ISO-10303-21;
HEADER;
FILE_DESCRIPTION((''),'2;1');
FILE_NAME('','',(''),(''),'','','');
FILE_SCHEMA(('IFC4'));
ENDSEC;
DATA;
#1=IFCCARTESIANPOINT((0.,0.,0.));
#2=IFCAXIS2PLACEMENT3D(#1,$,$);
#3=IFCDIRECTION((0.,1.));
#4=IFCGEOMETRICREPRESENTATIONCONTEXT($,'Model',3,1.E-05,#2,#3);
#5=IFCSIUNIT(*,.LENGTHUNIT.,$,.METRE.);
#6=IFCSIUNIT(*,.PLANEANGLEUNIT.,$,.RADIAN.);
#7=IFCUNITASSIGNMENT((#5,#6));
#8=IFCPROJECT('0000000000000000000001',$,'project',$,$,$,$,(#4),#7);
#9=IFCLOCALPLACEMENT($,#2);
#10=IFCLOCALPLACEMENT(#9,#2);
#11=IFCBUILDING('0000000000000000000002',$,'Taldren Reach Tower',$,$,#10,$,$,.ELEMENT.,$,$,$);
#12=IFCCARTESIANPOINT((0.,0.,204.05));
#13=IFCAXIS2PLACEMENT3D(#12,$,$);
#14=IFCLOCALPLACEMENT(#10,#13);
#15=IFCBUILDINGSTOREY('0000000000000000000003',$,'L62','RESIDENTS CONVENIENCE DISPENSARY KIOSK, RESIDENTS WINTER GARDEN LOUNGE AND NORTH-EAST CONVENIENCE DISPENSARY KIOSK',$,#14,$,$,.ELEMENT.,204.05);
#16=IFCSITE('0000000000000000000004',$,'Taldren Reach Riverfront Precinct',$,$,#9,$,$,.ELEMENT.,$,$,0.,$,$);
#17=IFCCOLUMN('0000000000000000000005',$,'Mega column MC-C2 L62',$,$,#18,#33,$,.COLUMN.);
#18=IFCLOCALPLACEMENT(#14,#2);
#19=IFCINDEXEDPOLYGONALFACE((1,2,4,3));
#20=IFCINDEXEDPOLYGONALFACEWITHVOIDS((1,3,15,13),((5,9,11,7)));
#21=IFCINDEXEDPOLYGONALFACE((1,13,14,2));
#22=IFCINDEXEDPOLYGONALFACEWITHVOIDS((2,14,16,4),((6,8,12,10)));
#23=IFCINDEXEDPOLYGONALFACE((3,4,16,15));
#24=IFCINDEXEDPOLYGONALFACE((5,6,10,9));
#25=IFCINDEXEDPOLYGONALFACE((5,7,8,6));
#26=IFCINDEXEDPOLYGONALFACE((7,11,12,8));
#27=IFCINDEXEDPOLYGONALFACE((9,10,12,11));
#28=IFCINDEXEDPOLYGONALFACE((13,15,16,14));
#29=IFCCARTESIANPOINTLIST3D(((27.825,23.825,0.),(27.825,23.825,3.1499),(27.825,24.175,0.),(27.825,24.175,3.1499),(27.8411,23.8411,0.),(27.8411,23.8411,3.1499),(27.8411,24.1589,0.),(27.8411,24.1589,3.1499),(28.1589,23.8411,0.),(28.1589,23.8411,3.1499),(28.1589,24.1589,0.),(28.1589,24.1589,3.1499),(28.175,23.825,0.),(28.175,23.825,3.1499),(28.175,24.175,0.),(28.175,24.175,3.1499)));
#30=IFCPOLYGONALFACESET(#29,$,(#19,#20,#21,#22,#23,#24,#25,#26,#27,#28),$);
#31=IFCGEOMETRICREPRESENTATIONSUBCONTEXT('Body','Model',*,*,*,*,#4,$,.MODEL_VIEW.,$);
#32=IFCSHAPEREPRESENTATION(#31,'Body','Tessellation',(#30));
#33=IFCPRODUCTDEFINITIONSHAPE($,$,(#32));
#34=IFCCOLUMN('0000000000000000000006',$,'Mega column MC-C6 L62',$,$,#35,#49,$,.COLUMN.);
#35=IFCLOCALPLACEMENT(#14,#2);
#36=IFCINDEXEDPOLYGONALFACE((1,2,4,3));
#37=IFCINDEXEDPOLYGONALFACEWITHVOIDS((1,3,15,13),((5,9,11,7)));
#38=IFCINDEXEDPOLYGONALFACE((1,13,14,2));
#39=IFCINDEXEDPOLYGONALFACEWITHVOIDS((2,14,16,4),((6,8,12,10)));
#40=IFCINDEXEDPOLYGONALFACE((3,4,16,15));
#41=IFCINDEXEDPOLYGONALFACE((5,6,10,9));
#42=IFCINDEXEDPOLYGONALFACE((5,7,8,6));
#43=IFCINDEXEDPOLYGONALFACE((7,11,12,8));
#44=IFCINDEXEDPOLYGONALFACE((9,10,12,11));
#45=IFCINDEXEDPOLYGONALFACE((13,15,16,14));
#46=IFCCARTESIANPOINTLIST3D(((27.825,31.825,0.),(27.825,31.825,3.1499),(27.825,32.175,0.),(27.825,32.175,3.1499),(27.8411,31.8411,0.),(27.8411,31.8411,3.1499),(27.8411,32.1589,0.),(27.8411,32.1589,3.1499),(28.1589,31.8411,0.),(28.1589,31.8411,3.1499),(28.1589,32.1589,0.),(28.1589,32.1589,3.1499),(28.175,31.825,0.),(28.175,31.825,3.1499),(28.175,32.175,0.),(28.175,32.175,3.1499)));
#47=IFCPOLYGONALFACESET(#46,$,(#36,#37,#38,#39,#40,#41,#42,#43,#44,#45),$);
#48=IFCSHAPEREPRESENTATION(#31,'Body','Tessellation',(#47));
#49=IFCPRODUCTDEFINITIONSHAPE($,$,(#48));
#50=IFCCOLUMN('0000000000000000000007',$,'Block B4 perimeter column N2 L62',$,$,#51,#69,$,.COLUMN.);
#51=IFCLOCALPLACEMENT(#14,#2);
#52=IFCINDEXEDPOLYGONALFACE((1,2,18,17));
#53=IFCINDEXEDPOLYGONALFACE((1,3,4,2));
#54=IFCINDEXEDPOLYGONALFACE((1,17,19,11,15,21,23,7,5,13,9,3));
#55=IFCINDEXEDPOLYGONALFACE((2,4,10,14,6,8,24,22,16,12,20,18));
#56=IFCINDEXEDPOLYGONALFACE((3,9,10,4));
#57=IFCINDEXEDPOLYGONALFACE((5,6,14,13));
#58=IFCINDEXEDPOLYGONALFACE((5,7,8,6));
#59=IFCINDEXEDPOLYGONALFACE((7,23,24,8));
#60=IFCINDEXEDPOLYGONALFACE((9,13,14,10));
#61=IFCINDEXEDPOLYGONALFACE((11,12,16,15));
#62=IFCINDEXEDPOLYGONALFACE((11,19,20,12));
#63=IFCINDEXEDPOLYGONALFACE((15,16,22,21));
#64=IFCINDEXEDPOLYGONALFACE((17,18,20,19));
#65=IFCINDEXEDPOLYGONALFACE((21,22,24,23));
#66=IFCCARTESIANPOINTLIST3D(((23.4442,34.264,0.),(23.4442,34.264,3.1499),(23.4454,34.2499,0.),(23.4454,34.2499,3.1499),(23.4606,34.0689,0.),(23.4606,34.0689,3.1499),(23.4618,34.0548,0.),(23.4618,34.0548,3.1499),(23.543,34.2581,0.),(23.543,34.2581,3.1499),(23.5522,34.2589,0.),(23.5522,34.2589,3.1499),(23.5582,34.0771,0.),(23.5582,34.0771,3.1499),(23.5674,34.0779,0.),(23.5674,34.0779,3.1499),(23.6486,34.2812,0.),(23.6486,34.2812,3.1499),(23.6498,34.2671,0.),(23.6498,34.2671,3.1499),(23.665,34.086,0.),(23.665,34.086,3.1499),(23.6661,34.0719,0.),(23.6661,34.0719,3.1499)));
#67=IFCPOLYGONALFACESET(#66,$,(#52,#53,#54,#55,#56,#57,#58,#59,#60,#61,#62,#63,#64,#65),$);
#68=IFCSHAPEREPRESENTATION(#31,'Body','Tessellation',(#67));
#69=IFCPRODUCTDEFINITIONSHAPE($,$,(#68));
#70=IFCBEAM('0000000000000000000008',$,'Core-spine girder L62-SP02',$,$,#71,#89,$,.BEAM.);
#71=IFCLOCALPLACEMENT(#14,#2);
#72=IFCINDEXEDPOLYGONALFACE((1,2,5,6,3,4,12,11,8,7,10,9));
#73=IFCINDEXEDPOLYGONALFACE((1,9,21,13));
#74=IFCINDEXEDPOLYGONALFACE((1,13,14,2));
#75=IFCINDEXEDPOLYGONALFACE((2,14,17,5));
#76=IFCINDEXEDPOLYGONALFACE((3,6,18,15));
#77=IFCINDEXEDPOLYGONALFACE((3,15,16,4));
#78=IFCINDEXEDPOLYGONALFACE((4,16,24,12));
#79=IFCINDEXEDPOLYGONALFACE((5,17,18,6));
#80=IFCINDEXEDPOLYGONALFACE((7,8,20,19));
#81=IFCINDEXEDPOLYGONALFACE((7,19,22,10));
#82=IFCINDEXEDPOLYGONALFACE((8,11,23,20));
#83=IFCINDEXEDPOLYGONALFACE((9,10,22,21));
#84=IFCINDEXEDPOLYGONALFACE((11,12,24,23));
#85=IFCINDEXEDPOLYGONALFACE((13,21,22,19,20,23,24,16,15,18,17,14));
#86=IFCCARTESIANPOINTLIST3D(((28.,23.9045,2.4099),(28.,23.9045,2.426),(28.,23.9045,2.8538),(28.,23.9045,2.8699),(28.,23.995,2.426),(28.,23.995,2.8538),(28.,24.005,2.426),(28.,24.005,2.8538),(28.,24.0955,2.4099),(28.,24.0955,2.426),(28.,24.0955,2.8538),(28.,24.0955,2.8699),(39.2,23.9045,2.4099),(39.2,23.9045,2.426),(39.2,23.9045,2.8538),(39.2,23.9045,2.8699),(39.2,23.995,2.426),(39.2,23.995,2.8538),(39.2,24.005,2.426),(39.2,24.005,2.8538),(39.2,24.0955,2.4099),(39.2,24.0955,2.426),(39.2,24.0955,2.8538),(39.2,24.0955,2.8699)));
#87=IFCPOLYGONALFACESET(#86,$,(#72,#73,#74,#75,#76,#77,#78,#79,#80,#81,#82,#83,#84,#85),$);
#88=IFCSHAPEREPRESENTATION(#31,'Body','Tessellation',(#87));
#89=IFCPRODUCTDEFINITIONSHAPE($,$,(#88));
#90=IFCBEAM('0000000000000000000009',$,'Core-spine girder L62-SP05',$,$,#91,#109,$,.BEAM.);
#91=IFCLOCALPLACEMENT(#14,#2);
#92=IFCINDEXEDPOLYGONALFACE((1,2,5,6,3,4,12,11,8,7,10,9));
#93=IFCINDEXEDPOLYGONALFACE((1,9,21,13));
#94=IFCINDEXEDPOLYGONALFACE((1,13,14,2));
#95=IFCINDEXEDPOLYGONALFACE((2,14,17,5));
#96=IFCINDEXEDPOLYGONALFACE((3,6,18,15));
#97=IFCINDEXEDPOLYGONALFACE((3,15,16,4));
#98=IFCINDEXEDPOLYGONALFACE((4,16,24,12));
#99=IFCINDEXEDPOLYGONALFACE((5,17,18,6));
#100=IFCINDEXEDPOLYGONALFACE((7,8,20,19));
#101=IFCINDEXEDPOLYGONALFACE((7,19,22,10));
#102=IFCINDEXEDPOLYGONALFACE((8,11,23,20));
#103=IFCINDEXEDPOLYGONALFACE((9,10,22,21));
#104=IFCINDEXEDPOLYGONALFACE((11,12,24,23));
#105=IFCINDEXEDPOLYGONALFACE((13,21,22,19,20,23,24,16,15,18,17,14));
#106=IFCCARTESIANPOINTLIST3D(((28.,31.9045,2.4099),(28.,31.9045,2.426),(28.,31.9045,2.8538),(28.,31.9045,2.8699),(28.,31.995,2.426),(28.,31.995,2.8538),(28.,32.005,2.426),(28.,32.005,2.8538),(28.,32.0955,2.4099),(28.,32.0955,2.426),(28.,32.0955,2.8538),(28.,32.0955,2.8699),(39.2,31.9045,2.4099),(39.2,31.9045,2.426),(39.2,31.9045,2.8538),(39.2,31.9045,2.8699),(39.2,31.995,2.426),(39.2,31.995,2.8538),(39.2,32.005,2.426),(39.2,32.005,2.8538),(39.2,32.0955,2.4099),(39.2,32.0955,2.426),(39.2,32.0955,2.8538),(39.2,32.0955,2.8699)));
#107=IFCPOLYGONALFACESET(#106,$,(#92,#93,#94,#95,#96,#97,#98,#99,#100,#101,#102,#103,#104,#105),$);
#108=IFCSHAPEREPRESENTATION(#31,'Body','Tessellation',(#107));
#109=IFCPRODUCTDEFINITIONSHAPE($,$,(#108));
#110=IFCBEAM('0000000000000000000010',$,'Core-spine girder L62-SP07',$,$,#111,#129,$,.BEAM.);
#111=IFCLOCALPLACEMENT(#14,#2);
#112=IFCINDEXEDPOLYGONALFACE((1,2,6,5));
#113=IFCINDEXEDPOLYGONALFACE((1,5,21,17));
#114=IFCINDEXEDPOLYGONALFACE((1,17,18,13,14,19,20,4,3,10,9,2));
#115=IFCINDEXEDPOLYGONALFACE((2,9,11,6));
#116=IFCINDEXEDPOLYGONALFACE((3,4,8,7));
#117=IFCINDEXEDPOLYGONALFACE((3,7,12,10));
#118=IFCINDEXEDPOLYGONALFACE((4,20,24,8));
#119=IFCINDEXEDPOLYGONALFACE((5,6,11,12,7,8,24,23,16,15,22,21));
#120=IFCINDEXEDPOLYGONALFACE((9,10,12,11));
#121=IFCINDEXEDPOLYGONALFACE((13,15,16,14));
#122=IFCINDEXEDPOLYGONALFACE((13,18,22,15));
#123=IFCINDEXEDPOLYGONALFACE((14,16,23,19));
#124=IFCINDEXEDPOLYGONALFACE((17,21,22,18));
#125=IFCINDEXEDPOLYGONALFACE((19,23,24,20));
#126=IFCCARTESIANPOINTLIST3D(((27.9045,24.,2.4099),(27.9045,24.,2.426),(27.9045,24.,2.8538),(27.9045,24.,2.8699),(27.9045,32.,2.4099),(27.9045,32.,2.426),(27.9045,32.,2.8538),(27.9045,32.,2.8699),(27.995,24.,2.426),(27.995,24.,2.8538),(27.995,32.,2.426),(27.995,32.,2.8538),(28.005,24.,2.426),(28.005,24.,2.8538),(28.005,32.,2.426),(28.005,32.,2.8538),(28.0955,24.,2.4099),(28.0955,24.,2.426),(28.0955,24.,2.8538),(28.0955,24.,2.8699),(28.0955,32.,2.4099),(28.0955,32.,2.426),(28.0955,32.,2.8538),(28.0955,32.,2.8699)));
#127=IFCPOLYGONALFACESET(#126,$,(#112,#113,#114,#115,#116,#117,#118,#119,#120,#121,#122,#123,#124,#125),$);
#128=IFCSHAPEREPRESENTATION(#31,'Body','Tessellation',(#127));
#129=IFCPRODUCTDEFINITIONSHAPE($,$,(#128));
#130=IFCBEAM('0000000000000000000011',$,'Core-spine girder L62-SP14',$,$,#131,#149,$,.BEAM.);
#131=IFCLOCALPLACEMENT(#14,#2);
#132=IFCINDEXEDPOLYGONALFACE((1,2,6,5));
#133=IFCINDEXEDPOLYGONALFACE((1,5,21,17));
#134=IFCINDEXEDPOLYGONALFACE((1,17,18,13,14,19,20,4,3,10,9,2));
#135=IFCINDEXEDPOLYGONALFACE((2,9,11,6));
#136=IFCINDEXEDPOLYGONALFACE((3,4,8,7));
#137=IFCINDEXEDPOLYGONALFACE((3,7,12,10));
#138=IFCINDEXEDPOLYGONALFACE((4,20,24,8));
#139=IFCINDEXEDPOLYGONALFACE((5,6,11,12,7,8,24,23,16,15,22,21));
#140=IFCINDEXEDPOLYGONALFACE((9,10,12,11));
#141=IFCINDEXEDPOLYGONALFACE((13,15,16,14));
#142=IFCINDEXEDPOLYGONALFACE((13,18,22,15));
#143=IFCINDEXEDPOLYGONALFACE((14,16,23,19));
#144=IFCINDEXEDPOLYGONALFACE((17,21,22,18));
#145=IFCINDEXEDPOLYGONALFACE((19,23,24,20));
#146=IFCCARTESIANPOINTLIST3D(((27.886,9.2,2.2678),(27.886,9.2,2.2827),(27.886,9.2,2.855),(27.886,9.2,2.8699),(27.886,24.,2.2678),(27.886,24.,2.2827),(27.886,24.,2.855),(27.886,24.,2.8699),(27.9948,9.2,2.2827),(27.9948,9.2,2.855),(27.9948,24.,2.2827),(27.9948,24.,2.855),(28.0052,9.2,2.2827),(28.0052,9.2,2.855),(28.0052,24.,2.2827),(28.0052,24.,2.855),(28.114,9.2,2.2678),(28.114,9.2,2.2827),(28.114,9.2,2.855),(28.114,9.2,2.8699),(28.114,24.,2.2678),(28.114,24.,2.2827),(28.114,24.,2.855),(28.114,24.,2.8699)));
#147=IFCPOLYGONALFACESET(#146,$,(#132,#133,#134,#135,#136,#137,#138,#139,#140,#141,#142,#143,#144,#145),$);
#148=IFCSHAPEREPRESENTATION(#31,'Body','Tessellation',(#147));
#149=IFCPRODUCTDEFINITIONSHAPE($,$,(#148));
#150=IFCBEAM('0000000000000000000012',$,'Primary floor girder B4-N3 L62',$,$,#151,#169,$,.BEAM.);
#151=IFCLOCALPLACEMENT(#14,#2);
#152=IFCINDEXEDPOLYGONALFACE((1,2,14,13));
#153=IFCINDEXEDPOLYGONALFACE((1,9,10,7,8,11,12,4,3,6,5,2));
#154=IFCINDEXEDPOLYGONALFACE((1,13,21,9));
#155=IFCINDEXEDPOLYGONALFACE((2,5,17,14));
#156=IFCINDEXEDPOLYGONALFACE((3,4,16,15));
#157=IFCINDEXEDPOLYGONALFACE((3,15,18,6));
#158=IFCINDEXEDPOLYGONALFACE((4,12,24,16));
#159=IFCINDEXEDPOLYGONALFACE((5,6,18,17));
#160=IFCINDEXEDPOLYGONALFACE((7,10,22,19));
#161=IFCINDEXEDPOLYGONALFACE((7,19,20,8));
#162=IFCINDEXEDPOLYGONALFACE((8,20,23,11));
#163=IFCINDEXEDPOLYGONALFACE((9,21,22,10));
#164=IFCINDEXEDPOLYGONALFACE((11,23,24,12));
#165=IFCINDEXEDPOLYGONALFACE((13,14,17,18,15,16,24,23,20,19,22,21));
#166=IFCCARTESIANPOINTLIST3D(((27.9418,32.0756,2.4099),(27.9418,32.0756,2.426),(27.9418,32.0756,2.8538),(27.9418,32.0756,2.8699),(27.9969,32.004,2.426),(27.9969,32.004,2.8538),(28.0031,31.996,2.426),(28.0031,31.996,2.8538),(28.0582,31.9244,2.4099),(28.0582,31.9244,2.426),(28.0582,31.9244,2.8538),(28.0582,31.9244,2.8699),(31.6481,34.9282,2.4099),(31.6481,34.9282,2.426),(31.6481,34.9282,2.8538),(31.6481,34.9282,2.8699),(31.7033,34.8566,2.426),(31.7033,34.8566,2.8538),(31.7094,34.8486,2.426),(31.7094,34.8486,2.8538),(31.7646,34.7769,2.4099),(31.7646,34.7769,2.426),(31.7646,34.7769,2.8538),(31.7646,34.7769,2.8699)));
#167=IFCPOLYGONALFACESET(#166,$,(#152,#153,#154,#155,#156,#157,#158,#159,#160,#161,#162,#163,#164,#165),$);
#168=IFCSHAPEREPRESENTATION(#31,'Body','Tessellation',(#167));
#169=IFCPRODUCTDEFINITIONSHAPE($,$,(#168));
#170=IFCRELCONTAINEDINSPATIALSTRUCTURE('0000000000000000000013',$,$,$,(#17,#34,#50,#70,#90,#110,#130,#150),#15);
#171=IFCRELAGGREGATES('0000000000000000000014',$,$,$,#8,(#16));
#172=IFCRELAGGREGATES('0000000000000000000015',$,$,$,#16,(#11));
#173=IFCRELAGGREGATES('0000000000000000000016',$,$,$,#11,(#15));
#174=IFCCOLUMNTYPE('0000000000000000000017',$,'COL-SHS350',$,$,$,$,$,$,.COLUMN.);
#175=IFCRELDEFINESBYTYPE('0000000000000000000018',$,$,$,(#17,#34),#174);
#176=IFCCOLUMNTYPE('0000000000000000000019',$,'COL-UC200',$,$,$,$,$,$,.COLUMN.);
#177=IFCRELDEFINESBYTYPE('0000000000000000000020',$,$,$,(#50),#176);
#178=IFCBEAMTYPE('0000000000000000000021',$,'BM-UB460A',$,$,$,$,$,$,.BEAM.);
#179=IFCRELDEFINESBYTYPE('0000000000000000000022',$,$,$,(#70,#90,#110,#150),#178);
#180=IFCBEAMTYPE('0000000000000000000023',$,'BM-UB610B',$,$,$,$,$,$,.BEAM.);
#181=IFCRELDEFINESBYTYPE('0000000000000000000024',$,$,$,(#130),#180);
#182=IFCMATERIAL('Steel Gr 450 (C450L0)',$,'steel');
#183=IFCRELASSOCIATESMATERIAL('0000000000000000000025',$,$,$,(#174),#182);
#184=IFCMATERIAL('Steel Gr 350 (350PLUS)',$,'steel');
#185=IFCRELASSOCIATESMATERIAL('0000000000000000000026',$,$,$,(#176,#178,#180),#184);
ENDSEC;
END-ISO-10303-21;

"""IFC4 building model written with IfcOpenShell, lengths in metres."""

from ifc_helpers import new_model, si_unit, direction, frame, origin, origin_2d, place, context, subcontext, project, spatial, hollow_rectangle, i_section, extrude, source, transform, mapped, material, material_profile, profile_set, type_object, element, save


model = new_model("IFC4")

# Units and contexts
model_context = context("Model", 3, precision=1e-05, world=origin(), true_north=direction((0.0, 1.0)))
body_context = subcontext(model_context, "Body", "Model", "MODEL_VIEW")
ifc_project = project(units=[si_unit("LENGTHUNIT", "METRE"), si_unit("PLANEANGLEUNIT", "RADIAN")], contexts=[model_context])

# Site, building, storey
site_placement = place(None, origin())
site = spatial("IfcSite", under=ifc_project, at=site_placement, Name="Taldren Reach Riverfront Precinct", CompositionType="ELEMENT", RefElevation=0.0)
building_placement = place(site_placement, origin())
building = spatial("IfcBuilding", under=site, at=building_placement, Name="Taldren Reach Tower", CompositionType="ELEMENT")
storey_placement = place(building_placement, frame((0.0, 0.0, 204.05)))
storey = spatial("IfcBuildingStorey", under=building, at=storey_placement, Name="L62", Description="RESIDENTS CONVENIENCE DISPENSARY KIOSK, RESIDENTS WINTER GARDEN LOUNGE AND NORTH-EAST CONVENIENCE DISPENSARY KIOSK", CompositionType="ELEMENT", Elevation=204.05)

# Columns
ifc_material_1 = material(Name="Steel Gr 450 (C450L0)", Category="steel")
ifc_material_profile_1 = material_profile(ifc_material_1, hollow_rectangle(XDim=0.3501, YDim=0.3501, WallThickness=0.0161, at=origin_2d()), Name="350x350x16.0SHS")
ifc_profile_set_1 = profile_set([ifc_material_profile_1], Name="Steel Gr 450 (C450L0)")
column_type_1 = type_object("IfcColumnType", Name="COL-SHS350", PredefinedType="COLUMN", material=ifc_profile_set_1)
shared_shape_1 = source(origin(), body_context, "Body", "SweptSolid", [
    extrude(hollow_rectangle(XDim=0.3501, YDim=0.3501, WallThickness=0.0161, at=origin_2d()), origin(), (0.0, 0.0, 1.0), 3.1499),
])
for number, where, z_axis, x_axis, name in (
    (1, (28.0, 24.0, 0.0), (0.0, 0.0, 1.0), (1.0, 0.0, 0.0), "Mega column MC-C2 L62"),
    (2, (28.0, 32.0, 0.0), (0.0, 0.0, 1.0), (1.0, 0.0, 0.0), "Mega column MC-C6 L62"),
):
    element("IfcColumn", number, at=place(storey_placement, frame(where, z_axis=z_axis, x_axis=x_axis)), inside=storey, type_object=column_type_1, Name=name, PredefinedType="COLUMN", context=body_context, shape_type="MappedRepresentation", body=[
        mapped(shared_shape_1, transform((0.0, 0.0, 0.0), scale=1.0)),
    ])
ifc_material_2 = material(Name="Steel Gr 350 (350PLUS)", Category="steel")
ifc_material_profile_2 = material_profile(ifc_material_2, i_section(OverallWidth=0.2051, OverallDepth=0.21, WebThickness=0.0093, FlangeThickness=0.0142, at=origin_2d()), Name="200UC59.5")
ifc_profile_set_2 = profile_set([ifc_material_profile_2], Name="Steel Gr 350 (350PLUS)")
column_type_2 = type_object("IfcColumnType", Name="COL-UC200", PredefinedType="COLUMN", material=ifc_profile_set_2)
shared_shape_2 = source(origin(), body_context, "Body", "SweptSolid", [
    extrude(i_section(OverallWidth=0.2051, OverallDepth=0.21, WebThickness=0.0093, FlangeThickness=0.0142, at=origin_2d()), origin(), (0.0, 0.0, 1.0), 3.1499),
])
column_placement = place(storey_placement, frame((23.5552, 34.168, 0.0), z_axis=(0.0, 0.0, 1.0), x_axis=(0.996493, 0.083678, 0.0)))
element("IfcColumn", 3, at=column_placement, inside=storey, type_object=column_type_2, Name="Block B4 perimeter column N2 L62", PredefinedType="COLUMN", context=body_context, shape_type="MappedRepresentation", body=[
    mapped(shared_shape_2, transform((0.0, 0.0, 0.0), scale=1.0)),
])

# Beams
ifc_material_profile_3 = material_profile(ifc_material_2, i_section(OverallWidth=0.1909, OverallDepth=0.46, WebThickness=0.01, FlangeThickness=0.0161, at=origin_2d()), Name="460UB82.1")
ifc_profile_set_3 = profile_set([ifc_material_profile_3], Name="Steel Gr 350 (350PLUS)")
beam_type_1 = type_object("IfcBeamType", Name="BM-UB460A", PredefinedType="BEAM", material=ifc_profile_set_3)
shared_shape_3 = source(origin(), body_context, "Body", "SweptSolid", [
    extrude(i_section(OverallWidth=0.1909, OverallDepth=0.46, WebThickness=0.01, FlangeThickness=0.0161, at=origin_2d()), origin(), (0.0, 0.0, 1.0), 11.2),
])
for number, where, z_axis, x_axis, name in (
    (4, (28.0, 24.0, 2.6399), (1.0, 0.0, 0.0), (0.0, 1.0, 0.0), "Core-spine girder L62-SP02"),
    (5, (28.0, 32.0, 2.6399), (1.0, 0.0, 0.0), (0.0, 1.0, 0.0), "Core-spine girder L62-SP05"),
):
    element("IfcBeam", number, at=place(storey_placement, frame(where, z_axis=z_axis, x_axis=x_axis)), inside=storey, type_object=beam_type_1, Name=name, PredefinedType="BEAM", context=body_context, shape_type="MappedRepresentation", body=[
        mapped(shared_shape_3, transform((0.0, 0.0, 0.0), scale=1.0)),
    ])
shared_shape_4 = source(origin(), body_context, "Body", "SweptSolid", [
    extrude(i_section(OverallWidth=0.1909, OverallDepth=0.46, WebThickness=0.01, FlangeThickness=0.0161, at=origin_2d()), origin(), (0.0, 0.0, 1.0), 8.0),
])
beam_1_placement = place(storey_placement, frame((28.0, 24.0, 2.6399), z_axis=(0.0, 1.0, 0.0), x_axis=(-1.0, 0.0, 0.0)))
element("IfcBeam", 6, at=beam_1_placement, inside=storey, type_object=beam_type_1, Name="Core-spine girder L62-SP07", PredefinedType="BEAM", context=body_context, shape_type="MappedRepresentation", body=[
    mapped(shared_shape_4, transform((0.0, 0.0, 0.0), scale=1.0)),
])
ifc_material_profile_4 = material_profile(ifc_material_2, i_section(OverallWidth=0.228, OverallDepth=0.6021, WebThickness=0.0105, FlangeThickness=0.0149, at=origin_2d()), Name="610UB101")
ifc_profile_set_4 = profile_set([ifc_material_profile_4], Name="Steel Gr 350 (350PLUS)")
beam_type_2 = type_object("IfcBeamType", Name="BM-UB610B", PredefinedType="BEAM", material=ifc_profile_set_4)
shared_shape_5 = source(origin(), body_context, "Body", "SweptSolid", [
    extrude(i_section(OverallWidth=0.228, OverallDepth=0.6021, WebThickness=0.0105, FlangeThickness=0.0149, at=origin_2d()), origin(), (0.0, 0.0, 1.0), 14.8),
])
beam_2_placement = place(storey_placement, frame((28.0, 24.0, 2.5688), z_axis=(0.0, -1.0, 0.0), x_axis=(1.0, 0.0, 0.0)))
element("IfcBeam", 7, at=beam_2_placement, inside=storey, type_object=beam_type_2, Name="Core-spine girder L62-SP14", PredefinedType="BEAM", context=body_context, shape_type="MappedRepresentation", body=[
    mapped(shared_shape_5, transform((0.0, 0.0, 0.0), scale=1.0)),
])
shared_shape_6 = source(origin(), body_context, "Body", "SweptSolid", [
    extrude(i_section(OverallWidth=0.1909, OverallDepth=0.46, WebThickness=0.01, FlangeThickness=0.0161, at=origin_2d()), origin(), (0.0, 0.0, 1.0), 4.677),
])
beam_3_placement = place(storey_placement, frame((28.0, 32.0, 2.6399), z_axis=(0.792465, 0.609918, 0.0), x_axis=(-0.609918, 0.792465, 0.0)))
element("IfcBeam", 8, at=beam_3_placement, inside=storey, type_object=beam_type_1, Name="Primary floor girder B4-N3 L62", PredefinedType="BEAM", context=body_context, shape_type="MappedRepresentation", body=[
    mapped(shared_shape_6, transform((0.0, 0.0, 0.0), scale=1.0)),
])

save(model, "model.ifc")
